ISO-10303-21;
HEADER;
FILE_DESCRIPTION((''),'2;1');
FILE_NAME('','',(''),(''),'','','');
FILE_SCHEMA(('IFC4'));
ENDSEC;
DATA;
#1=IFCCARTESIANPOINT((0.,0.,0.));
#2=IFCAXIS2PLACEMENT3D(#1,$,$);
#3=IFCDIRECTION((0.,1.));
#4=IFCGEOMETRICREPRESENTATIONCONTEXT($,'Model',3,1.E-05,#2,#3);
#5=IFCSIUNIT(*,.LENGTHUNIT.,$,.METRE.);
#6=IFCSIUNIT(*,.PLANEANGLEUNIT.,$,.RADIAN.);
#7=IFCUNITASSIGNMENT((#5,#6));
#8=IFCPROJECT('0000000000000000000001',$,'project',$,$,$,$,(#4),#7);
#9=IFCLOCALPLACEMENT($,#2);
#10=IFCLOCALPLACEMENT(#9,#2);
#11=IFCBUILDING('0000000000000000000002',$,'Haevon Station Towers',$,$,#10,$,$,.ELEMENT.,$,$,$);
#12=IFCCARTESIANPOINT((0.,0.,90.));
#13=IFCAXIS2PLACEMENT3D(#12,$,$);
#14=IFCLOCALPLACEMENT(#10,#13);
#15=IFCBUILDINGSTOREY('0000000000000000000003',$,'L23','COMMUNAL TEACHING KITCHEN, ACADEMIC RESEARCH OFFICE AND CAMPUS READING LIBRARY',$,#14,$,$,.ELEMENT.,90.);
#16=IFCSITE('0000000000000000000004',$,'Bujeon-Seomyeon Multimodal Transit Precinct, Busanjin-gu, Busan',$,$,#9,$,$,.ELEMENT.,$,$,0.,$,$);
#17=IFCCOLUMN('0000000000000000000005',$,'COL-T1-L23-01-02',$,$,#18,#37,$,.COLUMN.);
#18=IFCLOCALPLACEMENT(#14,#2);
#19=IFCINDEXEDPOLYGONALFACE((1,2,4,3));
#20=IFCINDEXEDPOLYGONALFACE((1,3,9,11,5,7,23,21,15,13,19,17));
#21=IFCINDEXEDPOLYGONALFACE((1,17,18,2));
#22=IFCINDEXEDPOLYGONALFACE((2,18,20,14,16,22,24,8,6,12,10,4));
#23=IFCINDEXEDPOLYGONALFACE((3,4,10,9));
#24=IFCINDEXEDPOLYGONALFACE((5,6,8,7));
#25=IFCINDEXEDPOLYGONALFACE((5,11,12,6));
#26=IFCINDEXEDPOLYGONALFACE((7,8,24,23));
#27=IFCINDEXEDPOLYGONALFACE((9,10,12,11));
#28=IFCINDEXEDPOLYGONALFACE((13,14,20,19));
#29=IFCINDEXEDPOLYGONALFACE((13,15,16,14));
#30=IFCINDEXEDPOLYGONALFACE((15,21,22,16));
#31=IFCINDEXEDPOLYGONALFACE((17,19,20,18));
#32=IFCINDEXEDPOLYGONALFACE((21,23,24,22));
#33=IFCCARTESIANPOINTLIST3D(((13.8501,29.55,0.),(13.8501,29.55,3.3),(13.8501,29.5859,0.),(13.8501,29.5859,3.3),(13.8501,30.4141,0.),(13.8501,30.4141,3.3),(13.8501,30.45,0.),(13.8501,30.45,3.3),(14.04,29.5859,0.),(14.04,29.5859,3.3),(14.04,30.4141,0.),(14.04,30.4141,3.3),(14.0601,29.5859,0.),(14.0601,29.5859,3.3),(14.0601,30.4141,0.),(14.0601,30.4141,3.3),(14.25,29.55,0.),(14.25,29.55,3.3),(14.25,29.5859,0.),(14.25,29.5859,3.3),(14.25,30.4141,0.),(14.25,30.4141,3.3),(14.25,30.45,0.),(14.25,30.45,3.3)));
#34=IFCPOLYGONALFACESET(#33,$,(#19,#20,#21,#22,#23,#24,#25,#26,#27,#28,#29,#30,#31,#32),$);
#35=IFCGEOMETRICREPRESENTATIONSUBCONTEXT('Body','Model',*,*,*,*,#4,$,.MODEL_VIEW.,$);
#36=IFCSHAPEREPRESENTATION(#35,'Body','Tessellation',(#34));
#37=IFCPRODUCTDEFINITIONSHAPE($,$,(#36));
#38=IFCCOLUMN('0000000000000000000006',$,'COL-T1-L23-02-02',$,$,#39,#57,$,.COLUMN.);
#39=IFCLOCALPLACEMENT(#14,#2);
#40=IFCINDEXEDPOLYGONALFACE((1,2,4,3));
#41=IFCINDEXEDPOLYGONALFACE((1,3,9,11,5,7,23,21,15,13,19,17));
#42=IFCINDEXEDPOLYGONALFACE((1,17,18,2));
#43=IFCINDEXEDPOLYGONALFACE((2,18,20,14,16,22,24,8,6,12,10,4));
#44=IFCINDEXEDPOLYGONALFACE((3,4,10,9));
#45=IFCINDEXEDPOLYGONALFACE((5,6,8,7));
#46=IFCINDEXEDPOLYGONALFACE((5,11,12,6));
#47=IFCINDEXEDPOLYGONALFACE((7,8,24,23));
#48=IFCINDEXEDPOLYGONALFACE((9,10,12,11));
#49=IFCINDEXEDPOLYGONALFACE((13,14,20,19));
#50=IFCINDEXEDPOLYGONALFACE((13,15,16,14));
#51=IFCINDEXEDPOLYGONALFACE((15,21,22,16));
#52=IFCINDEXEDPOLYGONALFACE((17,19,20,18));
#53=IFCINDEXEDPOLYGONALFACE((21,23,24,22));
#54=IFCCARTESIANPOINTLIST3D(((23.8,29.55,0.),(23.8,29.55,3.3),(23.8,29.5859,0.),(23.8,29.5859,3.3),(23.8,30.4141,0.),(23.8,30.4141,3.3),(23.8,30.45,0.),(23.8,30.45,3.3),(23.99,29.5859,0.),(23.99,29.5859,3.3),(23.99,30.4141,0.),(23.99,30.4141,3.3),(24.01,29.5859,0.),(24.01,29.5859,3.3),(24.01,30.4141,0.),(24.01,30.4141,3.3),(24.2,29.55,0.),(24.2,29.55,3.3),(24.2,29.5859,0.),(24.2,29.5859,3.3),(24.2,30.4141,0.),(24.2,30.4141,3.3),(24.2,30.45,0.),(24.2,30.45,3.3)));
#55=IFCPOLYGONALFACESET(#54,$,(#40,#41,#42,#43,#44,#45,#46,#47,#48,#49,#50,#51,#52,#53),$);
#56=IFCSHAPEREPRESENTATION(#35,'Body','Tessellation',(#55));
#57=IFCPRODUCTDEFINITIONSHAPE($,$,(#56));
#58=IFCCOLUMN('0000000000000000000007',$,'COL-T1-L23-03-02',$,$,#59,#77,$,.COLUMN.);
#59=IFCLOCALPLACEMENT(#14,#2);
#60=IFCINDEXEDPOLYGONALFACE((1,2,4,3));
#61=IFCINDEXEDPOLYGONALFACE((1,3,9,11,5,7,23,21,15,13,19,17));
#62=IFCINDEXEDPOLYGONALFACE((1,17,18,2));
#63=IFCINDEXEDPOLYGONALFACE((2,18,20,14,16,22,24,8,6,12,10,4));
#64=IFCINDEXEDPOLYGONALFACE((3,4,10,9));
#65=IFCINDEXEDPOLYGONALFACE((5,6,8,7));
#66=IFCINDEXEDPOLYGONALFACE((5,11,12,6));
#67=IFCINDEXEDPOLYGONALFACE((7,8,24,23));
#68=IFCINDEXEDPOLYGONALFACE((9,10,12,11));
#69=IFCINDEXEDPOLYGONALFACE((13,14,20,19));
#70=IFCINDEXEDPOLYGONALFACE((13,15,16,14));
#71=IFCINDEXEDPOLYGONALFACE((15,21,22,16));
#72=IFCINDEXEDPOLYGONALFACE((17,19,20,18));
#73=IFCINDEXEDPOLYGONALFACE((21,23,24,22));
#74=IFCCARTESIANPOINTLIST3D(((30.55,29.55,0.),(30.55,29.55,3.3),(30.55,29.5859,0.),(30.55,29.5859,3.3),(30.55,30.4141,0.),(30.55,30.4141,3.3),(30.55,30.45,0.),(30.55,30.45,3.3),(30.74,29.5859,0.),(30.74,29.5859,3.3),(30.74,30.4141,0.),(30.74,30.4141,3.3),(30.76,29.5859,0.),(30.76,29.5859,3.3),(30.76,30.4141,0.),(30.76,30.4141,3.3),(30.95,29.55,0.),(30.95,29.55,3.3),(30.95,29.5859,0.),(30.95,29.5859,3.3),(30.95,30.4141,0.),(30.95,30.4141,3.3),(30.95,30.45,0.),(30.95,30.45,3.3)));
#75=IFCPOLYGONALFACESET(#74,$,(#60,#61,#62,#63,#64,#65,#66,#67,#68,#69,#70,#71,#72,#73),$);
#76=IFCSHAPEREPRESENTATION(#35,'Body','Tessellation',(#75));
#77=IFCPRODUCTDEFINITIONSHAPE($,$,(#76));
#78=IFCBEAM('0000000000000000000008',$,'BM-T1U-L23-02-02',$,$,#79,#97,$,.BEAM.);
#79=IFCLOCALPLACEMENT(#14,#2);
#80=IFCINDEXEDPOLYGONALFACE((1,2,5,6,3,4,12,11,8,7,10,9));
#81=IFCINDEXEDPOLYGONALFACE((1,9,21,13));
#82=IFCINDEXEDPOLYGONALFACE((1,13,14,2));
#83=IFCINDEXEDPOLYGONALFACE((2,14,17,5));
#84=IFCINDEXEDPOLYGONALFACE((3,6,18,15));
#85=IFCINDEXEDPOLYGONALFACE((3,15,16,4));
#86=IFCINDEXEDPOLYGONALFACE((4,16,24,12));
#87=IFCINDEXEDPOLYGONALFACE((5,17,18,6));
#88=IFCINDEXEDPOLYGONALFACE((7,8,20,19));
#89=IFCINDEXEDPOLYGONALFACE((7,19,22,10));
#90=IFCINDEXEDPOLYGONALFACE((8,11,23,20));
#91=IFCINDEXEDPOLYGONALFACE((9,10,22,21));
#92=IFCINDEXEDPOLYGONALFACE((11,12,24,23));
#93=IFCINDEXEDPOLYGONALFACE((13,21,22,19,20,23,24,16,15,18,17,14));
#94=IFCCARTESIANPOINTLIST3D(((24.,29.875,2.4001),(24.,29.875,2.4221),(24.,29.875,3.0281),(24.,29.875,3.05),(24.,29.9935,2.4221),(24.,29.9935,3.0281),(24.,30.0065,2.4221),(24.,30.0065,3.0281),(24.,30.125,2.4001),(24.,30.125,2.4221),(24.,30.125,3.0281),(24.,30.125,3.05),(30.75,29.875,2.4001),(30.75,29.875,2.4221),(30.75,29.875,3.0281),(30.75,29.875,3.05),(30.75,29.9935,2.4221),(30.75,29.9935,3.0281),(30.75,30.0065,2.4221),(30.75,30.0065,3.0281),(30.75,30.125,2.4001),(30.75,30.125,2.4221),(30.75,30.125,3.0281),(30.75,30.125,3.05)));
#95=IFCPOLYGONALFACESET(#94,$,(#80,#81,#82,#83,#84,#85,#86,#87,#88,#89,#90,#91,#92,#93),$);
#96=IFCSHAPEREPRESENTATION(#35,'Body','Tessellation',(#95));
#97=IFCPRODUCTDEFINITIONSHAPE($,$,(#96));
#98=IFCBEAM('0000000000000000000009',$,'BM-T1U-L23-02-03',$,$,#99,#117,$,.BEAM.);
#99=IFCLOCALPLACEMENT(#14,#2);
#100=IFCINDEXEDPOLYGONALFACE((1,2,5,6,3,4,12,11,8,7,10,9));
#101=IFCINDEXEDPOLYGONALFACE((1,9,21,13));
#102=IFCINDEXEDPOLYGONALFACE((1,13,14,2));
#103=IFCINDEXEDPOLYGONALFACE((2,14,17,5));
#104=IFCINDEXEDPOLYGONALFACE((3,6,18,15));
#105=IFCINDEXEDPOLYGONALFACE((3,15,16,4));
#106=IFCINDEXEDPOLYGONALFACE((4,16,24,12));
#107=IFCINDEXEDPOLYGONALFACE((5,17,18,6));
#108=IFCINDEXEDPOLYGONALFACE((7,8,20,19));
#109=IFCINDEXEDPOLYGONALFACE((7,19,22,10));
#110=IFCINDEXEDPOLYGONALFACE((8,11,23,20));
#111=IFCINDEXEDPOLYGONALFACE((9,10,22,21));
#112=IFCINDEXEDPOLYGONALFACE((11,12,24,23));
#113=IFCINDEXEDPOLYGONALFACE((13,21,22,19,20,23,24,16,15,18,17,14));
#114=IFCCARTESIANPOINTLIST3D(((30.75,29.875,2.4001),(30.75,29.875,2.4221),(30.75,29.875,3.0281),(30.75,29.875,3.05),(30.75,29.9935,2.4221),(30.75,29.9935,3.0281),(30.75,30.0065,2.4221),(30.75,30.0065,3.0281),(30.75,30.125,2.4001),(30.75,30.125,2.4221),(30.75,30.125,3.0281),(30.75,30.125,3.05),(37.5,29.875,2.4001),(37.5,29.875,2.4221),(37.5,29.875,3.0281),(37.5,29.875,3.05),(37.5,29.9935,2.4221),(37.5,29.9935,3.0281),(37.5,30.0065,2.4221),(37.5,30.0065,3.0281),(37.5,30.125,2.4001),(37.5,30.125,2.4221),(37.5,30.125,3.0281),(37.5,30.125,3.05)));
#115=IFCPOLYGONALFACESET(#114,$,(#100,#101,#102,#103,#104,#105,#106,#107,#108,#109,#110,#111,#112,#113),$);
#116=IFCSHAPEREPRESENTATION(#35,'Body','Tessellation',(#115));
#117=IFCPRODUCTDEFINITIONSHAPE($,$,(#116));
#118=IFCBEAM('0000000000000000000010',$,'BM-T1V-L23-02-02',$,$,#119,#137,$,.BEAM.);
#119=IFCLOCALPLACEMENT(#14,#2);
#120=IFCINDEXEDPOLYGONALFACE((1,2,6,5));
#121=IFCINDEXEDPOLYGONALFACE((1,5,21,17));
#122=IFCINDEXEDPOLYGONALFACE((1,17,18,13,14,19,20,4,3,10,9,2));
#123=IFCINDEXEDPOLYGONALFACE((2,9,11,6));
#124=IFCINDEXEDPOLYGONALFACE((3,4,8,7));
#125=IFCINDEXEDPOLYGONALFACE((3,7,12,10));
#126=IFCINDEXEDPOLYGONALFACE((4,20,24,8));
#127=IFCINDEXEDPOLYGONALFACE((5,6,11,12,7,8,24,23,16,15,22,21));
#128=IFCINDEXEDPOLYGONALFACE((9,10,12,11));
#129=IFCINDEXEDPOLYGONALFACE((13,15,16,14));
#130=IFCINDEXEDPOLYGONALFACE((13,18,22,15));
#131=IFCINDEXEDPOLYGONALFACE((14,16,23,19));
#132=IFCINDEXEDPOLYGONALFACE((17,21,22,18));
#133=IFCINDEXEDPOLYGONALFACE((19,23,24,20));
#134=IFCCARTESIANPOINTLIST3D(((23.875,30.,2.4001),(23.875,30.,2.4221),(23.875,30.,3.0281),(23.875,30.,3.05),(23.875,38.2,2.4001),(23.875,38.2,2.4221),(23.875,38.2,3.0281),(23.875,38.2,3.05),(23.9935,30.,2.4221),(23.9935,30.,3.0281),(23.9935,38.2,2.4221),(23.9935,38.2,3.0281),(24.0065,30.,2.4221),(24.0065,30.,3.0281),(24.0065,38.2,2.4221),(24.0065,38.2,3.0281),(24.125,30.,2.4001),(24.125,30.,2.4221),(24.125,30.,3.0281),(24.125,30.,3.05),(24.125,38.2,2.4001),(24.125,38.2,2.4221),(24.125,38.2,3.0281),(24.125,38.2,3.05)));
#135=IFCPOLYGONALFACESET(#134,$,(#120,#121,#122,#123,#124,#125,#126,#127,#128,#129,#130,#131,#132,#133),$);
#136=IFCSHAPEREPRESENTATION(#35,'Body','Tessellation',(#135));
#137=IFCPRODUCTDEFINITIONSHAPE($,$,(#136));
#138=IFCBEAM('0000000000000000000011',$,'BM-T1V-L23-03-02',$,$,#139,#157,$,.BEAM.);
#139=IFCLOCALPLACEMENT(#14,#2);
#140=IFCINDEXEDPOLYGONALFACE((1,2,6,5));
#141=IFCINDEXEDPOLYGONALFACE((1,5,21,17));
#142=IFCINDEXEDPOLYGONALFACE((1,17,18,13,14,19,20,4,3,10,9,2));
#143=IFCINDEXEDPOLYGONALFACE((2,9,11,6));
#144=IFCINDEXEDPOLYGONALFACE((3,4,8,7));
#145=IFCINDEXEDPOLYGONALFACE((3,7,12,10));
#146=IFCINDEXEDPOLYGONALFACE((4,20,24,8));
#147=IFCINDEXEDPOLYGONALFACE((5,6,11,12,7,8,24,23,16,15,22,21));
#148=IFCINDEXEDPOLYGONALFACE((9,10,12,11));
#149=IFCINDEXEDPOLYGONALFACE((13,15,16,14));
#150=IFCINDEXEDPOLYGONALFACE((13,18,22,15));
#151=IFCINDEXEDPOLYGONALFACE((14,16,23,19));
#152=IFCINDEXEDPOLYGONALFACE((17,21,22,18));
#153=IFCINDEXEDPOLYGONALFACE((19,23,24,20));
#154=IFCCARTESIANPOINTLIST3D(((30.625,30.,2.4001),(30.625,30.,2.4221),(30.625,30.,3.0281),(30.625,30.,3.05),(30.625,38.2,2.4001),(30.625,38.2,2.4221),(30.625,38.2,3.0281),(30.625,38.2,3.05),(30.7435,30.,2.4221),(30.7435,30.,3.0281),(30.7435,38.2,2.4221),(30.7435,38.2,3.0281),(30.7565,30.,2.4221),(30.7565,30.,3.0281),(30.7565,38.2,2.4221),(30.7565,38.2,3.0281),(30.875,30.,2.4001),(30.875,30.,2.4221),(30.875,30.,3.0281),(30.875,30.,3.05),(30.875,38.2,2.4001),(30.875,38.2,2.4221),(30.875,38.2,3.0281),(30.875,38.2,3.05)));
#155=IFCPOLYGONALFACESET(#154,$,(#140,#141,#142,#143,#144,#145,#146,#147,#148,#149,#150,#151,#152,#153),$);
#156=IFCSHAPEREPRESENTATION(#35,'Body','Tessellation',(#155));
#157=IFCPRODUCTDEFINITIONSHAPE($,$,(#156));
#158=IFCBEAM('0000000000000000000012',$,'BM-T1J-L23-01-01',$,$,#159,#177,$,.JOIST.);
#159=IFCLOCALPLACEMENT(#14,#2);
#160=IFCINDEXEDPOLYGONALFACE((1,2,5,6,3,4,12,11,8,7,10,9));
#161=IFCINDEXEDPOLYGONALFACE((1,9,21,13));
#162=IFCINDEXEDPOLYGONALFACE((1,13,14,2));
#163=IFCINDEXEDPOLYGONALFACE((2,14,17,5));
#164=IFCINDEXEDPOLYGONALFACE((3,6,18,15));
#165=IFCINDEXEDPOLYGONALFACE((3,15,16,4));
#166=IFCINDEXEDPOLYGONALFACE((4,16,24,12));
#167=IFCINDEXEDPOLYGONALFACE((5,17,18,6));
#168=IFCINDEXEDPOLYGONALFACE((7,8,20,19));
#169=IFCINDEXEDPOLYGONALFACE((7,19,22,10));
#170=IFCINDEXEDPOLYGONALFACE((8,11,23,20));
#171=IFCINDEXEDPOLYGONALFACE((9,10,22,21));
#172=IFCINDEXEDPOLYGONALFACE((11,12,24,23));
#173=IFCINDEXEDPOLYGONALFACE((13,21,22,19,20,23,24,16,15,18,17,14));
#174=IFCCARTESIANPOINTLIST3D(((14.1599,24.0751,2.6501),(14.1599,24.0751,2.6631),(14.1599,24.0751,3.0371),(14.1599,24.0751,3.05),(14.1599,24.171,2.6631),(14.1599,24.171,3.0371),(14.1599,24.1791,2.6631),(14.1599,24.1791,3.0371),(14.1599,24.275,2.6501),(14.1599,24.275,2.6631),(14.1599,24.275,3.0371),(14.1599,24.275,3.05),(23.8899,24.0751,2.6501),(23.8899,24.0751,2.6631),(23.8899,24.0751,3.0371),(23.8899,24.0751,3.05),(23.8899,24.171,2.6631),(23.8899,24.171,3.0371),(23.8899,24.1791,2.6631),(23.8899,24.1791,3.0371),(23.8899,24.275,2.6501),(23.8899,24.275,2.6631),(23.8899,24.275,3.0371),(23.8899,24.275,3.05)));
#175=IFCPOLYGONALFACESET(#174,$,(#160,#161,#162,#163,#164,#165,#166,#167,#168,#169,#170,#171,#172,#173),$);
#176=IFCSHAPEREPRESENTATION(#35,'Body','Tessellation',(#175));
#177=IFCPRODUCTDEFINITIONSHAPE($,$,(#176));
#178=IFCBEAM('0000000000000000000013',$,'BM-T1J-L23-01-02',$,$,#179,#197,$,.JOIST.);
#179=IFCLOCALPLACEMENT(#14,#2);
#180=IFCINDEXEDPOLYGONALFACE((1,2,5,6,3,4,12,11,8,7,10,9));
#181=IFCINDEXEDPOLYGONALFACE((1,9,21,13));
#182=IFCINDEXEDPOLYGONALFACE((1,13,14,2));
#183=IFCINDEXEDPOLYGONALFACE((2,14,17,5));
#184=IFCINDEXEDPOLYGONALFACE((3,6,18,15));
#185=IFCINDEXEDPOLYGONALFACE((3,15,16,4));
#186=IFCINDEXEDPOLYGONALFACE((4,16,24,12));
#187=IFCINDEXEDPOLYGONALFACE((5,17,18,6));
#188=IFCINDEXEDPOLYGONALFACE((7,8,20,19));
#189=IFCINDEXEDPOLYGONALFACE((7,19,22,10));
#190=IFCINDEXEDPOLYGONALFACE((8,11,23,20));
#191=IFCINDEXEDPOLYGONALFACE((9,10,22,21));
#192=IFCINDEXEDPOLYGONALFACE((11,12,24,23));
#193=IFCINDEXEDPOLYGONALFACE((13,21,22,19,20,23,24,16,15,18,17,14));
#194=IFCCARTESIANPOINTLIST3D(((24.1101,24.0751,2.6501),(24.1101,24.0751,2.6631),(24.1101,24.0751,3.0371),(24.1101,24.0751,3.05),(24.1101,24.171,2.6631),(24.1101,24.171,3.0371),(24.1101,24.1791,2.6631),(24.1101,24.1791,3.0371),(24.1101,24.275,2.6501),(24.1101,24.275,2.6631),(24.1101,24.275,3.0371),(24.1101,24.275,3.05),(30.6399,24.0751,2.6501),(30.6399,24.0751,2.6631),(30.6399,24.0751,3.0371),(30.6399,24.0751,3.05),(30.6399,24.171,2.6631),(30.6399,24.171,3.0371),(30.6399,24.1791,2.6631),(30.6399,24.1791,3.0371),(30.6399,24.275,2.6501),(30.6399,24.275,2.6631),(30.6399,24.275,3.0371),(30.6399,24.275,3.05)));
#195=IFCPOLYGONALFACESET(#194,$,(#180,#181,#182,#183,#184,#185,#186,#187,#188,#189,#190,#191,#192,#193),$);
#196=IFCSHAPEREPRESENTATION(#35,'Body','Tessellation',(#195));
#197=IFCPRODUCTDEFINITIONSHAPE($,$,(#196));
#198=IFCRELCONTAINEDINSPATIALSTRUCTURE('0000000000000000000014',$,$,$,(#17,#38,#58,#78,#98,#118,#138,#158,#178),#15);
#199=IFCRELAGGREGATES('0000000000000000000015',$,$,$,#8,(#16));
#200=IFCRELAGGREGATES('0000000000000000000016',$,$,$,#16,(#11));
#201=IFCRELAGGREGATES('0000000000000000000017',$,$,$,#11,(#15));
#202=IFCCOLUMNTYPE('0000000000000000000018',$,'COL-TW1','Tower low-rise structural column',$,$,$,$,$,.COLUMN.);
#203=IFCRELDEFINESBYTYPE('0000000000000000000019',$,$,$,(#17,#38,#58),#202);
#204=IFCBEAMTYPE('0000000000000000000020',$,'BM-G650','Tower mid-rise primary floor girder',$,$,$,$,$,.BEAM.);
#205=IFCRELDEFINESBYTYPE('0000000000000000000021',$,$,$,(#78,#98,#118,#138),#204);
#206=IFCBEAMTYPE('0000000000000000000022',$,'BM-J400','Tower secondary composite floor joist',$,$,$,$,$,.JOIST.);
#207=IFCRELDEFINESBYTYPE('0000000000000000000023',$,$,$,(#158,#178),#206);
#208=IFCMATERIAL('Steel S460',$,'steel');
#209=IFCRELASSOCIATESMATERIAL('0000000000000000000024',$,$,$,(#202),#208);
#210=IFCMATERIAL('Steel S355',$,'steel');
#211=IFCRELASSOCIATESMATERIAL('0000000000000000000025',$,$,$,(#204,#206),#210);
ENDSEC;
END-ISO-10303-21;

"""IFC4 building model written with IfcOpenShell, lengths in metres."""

from ifc_helpers import new_model, si_unit, direction, frame, origin, origin_2d, place, context, subcontext, project, spatial, i_section, extrude, material, material_profile, profile_set, type_object, element, save


model = new_model("IFC4")

# Units and contexts
model_context = context("Model", 3, precision=1e-05, world=origin(), true_north=direction((0.0, 1.0)))
body_context = subcontext(model_context, "Body", "Model", "MODEL_VIEW")
ifc_project = project(units=[si_unit("LENGTHUNIT", "METRE"), si_unit("PLANEANGLEUNIT", "RADIAN")], contexts=[model_context])

# Site, building, storey
site_placement = place(None, origin())
site = spatial("IfcSite", under=ifc_project, at=site_placement, Name="Bujeon-Seomyeon Multimodal Transit Precinct, Busanjin-gu, Busan", CompositionType="ELEMENT", RefElevation=0.0)
building_placement = place(site_placement, origin())
building = spatial("IfcBuilding", under=site, at=building_placement, Name="Haevon Station Towers", CompositionType="ELEMENT")
storey_placement = place(building_placement, frame((0.0, 0.0, 90.0)))
storey = spatial("IfcBuildingStorey", under=building, at=storey_placement, Name="L23", Description="COMMUNAL TEACHING KITCHEN, ACADEMIC RESEARCH OFFICE AND CAMPUS READING LIBRARY", CompositionType="ELEMENT", Elevation=90.0)

# Columns
ifc_material_1 = material(Name="Steel S460", Category="steel")
ifc_material_profile_1 = material_profile(ifc_material_1, i_section(OverallWidth=0.3999, OverallDepth=0.8999, WebThickness=0.02, FlangeThickness=0.0359, at=origin_2d()), Name="H-900x400x20x36")
ifc_profile_set_1 = profile_set([ifc_material_profile_1], Name="Steel S460")
column_type = type_object("IfcColumnType", Name="COL-TW1", Description="Tower low-rise structural column", PredefinedType="COLUMN", material=ifc_profile_set_1)
for number, where, z_axis, x_axis, name in (
    (1, (14.05, 30.0, 0.0), (0.0, 0.0, 1.0), (1.0, 0.0, 0.0), "COL-T1-L23-01-02"),
    (2, (24.0, 30.0, 0.0), (0.0, 0.0, 1.0), (1.0, 0.0, 0.0), "COL-T1-L23-02-02"),
    (3, (30.75, 30.0, 0.0), (0.0, 0.0, 1.0), (1.0, 0.0, 0.0), "COL-T1-L23-03-02"),
):
    element("IfcColumn", number, at=place(storey_placement, frame(where, z_axis=z_axis, x_axis=x_axis)), inside=storey, type_object=column_type, Name=name, PredefinedType="COLUMN", context=body_context, shape_type="SweptSolid", body=[
        extrude(i_section(OverallWidth=0.3999, OverallDepth=0.8999, WebThickness=0.02, FlangeThickness=0.0359, at=origin_2d()), origin(), (0.0, 0.0, 1.0), 3.3),
    ])

# Beams
ifc_material_2 = material(Name="Steel S355", Category="steel")
ifc_material_profile_2 = material_profile(ifc_material_2, i_section(OverallWidth=0.25, OverallDepth=0.6499, WebThickness=0.0129, FlangeThickness=0.022, at=origin_2d()), Name="H-650x250x13x22")
ifc_profile_set_2 = profile_set([ifc_material_profile_2], Name="Steel S355")
beam_type_1 = type_object("IfcBeamType", Name="BM-G650", Description="Tower mid-rise primary floor girder", PredefinedType="BEAM", material=ifc_profile_set_2)
for number, where, z_axis, x_axis, name in (
    (4, (24.0, 30.0, 2.7251), (1.0, 0.0, 0.0), (0.0, 1.0, 0.0), "BM-T1U-L23-02-02"),
    (5, (30.75, 30.0, 2.7251), (1.0, 0.0, 0.0), (0.0, 1.0, 0.0), "BM-T1U-L23-02-03"),
):
    element("IfcBeam", number, at=place(storey_placement, frame(where, z_axis=z_axis, x_axis=x_axis)), inside=storey, type_object=beam_type_1, Name=name, PredefinedType="BEAM", context=body_context, shape_type="SweptSolid", body=[
        extrude(i_section(OverallWidth=0.25, OverallDepth=0.6499, WebThickness=0.0129, FlangeThickness=0.022, at=origin_2d()), origin(), (0.0, 0.0, 1.0), 6.75),
    ])
for number, where, z_axis, x_axis, name in (
    (6, (24.0, 30.0, 2.7251), (0.0, 1.0, 0.0), (-1.0, 0.0, 0.0), "BM-T1V-L23-02-02"),
    (7, (30.75, 30.0, 2.7251), (0.0, 1.0, 0.0), (-1.0, 0.0, 0.0), "BM-T1V-L23-03-02"),
):
    element("IfcBeam", number, at=place(storey_placement, frame(where, z_axis=z_axis, x_axis=x_axis)), inside=storey, type_object=beam_type_1, Name=name, PredefinedType="BEAM", context=body_context, shape_type="SweptSolid", body=[
        extrude(i_section(OverallWidth=0.25, OverallDepth=0.6499, WebThickness=0.0129, FlangeThickness=0.022, at=origin_2d()), origin(), (0.0, 0.0, 1.0), 8.2),
    ])
ifc_material_profile_3 = material_profile(ifc_material_2, i_section(OverallWidth=0.2, OverallDepth=0.3999, WebThickness=0.0081, FlangeThickness=0.0129, at=origin_2d()), Name="H-400x200x8x13")
ifc_profile_set_3 = profile_set([ifc_material_profile_3], Name="Steel S355")
beam_type_2 = type_object("IfcBeamType", Name="BM-J400", Description="Tower secondary composite floor joist", PredefinedType="JOIST", material=ifc_profile_set_3)
beam_1_placement = place(storey_placement, frame((14.1599, 24.175, 2.8501), z_axis=(1.0, 0.0, 0.0), x_axis=(0.0, 1.0, 0.0)))
element("IfcBeam", 8, at=beam_1_placement, inside=storey, type_object=beam_type_2, Name="BM-T1J-L23-01-01", PredefinedType="JOIST", context=body_context, shape_type="SweptSolid", body=[
    extrude(i_section(OverallWidth=0.2, OverallDepth=0.3999, WebThickness=0.0081, FlangeThickness=0.0129, at=origin_2d()), origin(), (0.0, 0.0, 1.0), 9.73),
])
beam_2_placement = place(storey_placement, frame((24.1101, 24.175, 2.8501), z_axis=(1.0, 0.0, 0.0), x_axis=(0.0, 1.0, 0.0)))
element("IfcBeam", 9, at=beam_2_placement, inside=storey, type_object=beam_type_2, Name="BM-T1J-L23-01-02", PredefinedType="JOIST", context=body_context, shape_type="SweptSolid", body=[
    extrude(i_section(OverallWidth=0.2, OverallDepth=0.3999, WebThickness=0.0081, FlangeThickness=0.0129, at=origin_2d()), origin(), (0.0, 0.0, 1.0), 6.5298),
])

save(model, "model.ifc")
